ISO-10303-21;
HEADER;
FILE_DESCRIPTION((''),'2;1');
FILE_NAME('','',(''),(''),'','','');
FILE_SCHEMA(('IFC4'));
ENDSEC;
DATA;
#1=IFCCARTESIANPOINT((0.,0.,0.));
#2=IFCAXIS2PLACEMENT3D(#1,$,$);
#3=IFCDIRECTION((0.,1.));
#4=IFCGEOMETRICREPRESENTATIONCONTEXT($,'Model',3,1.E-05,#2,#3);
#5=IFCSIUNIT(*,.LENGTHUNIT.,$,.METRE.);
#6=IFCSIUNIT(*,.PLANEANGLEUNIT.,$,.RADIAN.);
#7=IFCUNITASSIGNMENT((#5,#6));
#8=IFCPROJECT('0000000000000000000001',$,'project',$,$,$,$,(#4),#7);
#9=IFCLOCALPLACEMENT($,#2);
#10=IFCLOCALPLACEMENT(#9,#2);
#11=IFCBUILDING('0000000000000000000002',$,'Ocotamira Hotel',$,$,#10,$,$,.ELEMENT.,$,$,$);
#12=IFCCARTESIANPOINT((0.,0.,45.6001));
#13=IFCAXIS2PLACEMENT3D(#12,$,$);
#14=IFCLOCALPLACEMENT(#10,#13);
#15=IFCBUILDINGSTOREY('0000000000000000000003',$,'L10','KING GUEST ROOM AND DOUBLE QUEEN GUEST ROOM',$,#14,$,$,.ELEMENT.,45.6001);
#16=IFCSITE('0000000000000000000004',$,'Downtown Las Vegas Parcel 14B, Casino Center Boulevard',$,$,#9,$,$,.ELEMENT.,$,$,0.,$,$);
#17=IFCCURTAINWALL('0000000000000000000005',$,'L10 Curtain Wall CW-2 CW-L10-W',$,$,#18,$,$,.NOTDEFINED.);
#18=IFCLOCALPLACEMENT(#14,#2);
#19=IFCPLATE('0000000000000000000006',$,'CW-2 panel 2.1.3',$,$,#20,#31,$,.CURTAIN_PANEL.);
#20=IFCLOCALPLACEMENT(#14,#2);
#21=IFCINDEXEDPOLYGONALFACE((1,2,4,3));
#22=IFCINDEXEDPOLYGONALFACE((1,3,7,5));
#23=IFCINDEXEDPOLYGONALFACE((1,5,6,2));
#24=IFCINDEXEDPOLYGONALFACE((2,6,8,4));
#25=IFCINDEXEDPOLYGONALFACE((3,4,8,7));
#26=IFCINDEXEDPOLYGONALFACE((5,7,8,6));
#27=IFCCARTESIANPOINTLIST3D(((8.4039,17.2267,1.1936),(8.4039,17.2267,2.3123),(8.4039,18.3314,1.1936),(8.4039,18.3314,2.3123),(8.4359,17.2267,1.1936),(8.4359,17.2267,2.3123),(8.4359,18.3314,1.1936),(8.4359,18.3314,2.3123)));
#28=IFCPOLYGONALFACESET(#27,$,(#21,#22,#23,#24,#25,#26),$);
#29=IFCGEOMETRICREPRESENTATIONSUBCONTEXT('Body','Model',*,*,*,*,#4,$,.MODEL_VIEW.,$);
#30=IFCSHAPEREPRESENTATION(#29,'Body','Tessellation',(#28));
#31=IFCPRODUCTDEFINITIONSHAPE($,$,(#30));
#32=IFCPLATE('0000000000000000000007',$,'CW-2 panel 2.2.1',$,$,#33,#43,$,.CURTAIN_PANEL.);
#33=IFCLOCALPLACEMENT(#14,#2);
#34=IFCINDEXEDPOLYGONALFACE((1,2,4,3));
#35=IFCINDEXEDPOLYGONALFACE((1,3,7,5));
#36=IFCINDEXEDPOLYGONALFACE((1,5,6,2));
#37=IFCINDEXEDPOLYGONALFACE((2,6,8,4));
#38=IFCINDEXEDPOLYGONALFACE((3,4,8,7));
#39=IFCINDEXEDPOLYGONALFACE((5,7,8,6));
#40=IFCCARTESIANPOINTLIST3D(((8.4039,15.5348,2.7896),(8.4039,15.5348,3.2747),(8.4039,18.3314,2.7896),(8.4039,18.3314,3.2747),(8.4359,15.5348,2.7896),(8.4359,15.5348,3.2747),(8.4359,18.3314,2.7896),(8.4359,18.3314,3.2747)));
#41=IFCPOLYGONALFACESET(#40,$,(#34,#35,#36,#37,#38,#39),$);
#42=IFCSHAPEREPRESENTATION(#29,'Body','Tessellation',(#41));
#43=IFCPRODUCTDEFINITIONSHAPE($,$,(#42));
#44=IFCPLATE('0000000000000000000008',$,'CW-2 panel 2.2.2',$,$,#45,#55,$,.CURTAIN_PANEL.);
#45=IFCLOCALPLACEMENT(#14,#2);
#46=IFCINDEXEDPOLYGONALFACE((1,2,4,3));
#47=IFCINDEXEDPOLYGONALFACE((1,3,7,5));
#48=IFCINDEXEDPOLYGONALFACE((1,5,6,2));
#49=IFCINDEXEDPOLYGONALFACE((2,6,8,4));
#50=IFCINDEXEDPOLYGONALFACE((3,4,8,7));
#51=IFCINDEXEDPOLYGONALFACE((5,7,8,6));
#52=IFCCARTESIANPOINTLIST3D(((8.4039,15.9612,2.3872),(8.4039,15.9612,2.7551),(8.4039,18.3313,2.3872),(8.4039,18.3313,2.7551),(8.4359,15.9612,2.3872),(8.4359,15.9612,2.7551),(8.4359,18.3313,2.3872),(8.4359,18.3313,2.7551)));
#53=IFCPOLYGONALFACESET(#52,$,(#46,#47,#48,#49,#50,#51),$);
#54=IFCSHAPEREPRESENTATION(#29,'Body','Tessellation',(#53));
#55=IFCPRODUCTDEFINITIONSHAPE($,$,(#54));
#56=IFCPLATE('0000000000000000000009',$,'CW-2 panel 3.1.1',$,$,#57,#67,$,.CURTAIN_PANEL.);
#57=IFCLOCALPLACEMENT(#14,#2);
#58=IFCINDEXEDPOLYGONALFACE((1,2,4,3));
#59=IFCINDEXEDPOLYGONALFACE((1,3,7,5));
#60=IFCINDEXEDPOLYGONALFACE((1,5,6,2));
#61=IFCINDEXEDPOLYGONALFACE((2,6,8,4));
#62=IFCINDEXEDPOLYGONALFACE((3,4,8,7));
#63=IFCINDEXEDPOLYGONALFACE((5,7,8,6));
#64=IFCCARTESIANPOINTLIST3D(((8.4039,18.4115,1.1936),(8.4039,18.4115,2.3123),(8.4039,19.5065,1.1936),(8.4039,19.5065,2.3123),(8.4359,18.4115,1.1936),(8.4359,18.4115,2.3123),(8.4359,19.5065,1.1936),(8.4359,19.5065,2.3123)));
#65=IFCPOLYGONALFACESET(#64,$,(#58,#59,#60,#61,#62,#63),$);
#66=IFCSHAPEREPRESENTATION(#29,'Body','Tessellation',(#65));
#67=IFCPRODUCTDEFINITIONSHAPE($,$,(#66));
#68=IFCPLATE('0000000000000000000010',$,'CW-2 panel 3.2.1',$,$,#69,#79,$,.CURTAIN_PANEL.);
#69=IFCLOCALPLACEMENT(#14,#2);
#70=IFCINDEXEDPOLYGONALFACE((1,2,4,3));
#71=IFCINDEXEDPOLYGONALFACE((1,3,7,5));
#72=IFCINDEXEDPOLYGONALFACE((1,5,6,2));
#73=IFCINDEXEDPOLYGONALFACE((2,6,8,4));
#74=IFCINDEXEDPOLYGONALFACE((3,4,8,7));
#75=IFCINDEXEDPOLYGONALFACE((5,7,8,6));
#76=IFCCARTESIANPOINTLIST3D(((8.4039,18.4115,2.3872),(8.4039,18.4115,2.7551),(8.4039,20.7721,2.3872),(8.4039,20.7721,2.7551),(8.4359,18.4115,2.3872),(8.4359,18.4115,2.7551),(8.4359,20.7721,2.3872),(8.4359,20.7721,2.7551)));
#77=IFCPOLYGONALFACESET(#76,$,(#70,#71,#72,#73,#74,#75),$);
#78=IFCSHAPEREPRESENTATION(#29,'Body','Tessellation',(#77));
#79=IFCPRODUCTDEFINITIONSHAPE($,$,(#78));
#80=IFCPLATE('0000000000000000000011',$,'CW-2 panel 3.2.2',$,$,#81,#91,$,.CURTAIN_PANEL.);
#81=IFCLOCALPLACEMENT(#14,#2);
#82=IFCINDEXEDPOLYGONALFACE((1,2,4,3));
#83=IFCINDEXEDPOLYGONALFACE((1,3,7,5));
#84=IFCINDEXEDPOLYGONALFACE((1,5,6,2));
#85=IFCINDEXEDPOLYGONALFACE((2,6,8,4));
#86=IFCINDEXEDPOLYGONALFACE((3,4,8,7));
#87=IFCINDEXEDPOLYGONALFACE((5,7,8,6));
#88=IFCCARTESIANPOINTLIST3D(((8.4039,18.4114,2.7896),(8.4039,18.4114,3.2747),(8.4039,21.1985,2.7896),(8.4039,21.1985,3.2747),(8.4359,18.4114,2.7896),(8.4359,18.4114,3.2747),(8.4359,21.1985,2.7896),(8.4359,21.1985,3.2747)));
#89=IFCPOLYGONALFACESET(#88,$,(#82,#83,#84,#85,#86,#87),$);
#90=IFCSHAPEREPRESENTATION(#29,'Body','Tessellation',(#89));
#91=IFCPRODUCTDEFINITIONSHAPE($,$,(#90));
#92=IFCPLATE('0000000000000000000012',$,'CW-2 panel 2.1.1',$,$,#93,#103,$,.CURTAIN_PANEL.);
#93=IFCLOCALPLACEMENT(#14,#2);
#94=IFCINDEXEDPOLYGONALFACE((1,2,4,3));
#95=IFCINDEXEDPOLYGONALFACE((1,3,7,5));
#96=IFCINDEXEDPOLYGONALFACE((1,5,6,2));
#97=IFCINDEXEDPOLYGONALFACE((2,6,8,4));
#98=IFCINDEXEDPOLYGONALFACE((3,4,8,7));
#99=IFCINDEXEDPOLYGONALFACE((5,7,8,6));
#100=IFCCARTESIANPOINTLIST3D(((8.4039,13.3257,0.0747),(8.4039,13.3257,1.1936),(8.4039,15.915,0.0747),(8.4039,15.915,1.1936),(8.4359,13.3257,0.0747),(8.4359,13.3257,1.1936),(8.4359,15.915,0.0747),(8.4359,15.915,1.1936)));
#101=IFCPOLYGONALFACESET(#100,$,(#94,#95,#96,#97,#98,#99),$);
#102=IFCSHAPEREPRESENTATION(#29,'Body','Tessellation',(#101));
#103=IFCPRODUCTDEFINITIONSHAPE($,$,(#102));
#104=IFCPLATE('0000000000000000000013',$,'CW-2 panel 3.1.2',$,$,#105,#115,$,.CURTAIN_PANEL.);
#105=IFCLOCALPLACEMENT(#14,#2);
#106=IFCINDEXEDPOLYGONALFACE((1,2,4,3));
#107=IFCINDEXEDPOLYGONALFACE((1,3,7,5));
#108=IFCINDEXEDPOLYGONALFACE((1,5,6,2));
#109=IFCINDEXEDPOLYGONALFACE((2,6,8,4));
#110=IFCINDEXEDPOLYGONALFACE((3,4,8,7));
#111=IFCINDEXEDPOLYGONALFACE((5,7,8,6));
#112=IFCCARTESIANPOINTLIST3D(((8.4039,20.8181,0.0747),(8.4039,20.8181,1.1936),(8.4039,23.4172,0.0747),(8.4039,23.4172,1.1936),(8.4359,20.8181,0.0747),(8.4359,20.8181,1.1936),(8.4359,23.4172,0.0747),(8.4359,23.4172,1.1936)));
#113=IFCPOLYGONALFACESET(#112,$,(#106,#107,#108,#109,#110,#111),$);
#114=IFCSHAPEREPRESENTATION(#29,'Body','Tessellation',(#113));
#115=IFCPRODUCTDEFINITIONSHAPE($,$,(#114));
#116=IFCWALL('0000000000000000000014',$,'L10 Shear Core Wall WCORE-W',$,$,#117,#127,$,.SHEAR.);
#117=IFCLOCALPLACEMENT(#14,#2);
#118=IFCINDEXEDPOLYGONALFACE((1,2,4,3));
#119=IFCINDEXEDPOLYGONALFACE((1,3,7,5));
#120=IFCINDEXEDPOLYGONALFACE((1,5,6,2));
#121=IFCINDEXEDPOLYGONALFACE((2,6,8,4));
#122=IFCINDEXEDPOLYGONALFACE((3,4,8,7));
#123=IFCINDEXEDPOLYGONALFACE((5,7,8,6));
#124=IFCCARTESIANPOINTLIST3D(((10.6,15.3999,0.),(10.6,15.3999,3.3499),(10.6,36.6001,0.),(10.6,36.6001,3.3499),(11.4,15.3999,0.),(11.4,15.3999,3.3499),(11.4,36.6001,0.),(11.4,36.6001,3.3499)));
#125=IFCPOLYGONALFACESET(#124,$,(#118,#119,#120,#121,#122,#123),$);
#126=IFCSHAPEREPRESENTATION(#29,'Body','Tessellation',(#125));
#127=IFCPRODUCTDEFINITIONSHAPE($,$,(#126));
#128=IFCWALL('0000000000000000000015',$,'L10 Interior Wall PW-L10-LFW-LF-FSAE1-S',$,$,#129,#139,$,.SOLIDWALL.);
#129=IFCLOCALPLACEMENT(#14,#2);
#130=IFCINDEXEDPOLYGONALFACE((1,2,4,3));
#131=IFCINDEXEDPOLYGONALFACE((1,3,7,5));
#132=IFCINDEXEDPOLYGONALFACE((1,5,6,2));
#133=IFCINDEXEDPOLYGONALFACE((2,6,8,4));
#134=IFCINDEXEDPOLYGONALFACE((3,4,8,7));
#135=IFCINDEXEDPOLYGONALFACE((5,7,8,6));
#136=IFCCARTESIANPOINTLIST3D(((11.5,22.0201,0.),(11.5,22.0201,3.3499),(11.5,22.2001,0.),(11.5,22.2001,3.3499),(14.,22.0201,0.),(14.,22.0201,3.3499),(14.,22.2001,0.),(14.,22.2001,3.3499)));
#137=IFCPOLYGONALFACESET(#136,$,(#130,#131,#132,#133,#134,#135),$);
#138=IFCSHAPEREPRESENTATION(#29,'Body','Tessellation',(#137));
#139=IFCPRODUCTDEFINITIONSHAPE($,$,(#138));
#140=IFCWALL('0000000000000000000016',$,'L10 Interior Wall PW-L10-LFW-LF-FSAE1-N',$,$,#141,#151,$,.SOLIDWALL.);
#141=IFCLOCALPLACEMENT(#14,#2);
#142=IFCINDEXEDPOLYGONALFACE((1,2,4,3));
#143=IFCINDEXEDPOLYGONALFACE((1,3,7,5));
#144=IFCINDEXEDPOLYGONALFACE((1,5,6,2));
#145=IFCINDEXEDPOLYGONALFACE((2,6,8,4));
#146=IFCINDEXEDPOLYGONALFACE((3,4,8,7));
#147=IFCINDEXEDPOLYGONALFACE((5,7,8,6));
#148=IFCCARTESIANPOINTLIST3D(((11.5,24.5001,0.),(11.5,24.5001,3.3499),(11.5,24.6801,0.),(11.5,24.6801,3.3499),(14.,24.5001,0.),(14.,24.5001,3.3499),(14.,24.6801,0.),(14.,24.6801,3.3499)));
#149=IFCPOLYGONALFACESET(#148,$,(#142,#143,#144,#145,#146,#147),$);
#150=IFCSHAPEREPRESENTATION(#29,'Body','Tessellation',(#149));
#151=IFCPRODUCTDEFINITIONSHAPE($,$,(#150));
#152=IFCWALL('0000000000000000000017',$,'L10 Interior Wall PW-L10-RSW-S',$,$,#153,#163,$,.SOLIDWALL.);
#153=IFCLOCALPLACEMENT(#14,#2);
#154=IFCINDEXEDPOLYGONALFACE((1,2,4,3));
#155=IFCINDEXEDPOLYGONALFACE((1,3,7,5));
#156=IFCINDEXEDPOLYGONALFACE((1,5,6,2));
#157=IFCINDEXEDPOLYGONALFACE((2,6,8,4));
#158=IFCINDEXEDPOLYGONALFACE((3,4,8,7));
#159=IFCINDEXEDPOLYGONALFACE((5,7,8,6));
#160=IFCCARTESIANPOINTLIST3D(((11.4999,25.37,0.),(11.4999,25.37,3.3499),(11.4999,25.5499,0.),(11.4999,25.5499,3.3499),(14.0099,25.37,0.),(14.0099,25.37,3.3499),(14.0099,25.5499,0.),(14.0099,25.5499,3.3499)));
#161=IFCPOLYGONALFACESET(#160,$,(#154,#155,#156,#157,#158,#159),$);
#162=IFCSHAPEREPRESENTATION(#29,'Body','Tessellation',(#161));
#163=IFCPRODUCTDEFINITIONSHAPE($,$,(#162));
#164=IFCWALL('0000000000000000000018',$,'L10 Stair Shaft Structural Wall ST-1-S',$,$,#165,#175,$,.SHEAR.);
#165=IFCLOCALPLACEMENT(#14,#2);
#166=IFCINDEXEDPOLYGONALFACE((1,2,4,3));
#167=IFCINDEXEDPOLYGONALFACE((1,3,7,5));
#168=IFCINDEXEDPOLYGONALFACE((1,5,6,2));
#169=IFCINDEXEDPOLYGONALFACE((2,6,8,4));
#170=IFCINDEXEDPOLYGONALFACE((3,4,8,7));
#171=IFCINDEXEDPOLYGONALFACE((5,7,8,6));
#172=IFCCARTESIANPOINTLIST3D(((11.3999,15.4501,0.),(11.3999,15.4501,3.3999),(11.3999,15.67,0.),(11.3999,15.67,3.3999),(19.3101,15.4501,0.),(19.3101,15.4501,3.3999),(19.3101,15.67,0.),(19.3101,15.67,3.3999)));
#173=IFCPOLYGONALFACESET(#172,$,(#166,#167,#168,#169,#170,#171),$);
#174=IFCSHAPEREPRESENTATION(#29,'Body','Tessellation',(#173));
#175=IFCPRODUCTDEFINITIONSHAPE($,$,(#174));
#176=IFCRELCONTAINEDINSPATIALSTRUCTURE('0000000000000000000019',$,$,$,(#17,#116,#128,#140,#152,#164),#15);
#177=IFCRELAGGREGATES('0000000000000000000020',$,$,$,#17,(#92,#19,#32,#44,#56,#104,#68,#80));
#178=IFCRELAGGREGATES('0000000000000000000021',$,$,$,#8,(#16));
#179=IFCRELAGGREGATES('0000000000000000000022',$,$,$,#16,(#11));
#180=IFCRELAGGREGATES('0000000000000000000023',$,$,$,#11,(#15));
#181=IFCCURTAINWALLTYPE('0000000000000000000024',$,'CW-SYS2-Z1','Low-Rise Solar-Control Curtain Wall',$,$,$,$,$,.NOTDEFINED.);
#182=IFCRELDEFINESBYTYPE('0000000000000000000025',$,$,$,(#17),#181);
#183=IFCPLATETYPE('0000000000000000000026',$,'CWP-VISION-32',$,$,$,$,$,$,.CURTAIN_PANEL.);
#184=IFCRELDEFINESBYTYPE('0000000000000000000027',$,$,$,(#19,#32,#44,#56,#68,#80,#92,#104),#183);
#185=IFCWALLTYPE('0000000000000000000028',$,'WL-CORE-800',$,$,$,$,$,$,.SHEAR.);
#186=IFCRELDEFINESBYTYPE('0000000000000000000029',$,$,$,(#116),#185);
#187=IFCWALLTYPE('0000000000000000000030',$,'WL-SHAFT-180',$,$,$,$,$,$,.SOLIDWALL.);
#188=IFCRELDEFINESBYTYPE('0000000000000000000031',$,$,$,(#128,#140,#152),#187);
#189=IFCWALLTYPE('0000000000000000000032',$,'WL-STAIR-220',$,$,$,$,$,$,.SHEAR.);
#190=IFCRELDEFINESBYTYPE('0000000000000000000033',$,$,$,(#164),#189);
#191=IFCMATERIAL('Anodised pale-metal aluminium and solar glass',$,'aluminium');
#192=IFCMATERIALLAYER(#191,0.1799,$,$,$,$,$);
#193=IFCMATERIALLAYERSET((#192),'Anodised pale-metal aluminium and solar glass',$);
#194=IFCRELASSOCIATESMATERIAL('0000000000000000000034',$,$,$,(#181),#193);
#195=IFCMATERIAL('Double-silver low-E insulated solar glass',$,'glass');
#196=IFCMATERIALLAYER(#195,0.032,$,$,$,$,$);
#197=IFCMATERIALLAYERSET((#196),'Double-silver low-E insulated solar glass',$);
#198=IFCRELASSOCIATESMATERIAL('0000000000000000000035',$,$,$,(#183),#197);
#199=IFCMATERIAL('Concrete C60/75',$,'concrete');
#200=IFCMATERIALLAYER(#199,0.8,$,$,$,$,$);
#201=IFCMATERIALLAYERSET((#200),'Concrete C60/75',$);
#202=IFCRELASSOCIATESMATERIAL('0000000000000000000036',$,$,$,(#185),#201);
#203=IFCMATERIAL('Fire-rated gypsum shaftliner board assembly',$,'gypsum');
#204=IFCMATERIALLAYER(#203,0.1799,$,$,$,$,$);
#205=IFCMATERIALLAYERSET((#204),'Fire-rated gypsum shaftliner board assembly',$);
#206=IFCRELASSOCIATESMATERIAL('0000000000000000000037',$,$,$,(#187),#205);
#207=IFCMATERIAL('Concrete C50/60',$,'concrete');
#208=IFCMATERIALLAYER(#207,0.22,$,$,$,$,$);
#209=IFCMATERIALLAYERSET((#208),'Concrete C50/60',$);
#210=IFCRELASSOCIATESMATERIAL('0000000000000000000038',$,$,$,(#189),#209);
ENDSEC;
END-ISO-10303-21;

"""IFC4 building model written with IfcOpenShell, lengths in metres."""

from ifc_helpers import new_model, si_unit, direction, frame, frame_2d, origin, origin_2d, place, context, subcontext, project, spatial, rectangle, extrude, source, transform, mapped, material, layer, layer_set, type_object, element, aggregate, save


model = new_model("IFC4")

# Units and contexts
model_context = context("Model", 3, precision=1e-05, world=origin(), true_north=direction((0.0, 1.0)))
body_context = subcontext(model_context, "Body", "Model", "MODEL_VIEW")
ifc_project = project(units=[si_unit("LENGTHUNIT", "METRE"), si_unit("PLANEANGLEUNIT", "RADIAN")], contexts=[model_context])

# Site, building, storey
site_placement = place(None, origin())
site = spatial("IfcSite", under=ifc_project, at=site_placement, Name="Downtown Las Vegas Parcel 14B, Casino Center Boulevard", CompositionType="ELEMENT", RefElevation=0.0)
building_placement = place(site_placement, origin())
building = spatial("IfcBuilding", under=site, at=building_placement, Name="Ocotamira Hotel", CompositionType="ELEMENT")
storey_placement = place(building_placement, frame((0.0, 0.0, 45.6001)))
storey = spatial("IfcBuildingStorey", under=building, at=storey_placement, Name="L10", Description="KING GUEST ROOM AND DOUBLE QUEEN GUEST ROOM", CompositionType="ELEMENT", Elevation=45.6001)

# Shared definitions
ifc_material_1 = material(Name="Concrete C60/75", Category="concrete")

# Curtain wall
ifc_material_2 = material(Name="Anodised pale-metal aluminium and solar glass", Category="aluminium")
ifc_layer_1 = layer(ifc_material_2, 0.1799)
ifc_layer_set_1 = layer_set([ifc_layer_1], Name="Anodised pale-metal aluminium and solar glass")
curtain_wall_type = type_object("IfcCurtainWallType", Name="CW-SYS2-Z1", Description="Low-Rise Solar-Control Curtain Wall", PredefinedType="NOTDEFINED", material=ifc_layer_set_1)
curtain_wall_placement = place(storey_placement, origin())
curtain_wall = element("IfcCurtainWall", 1, at=curtain_wall_placement, inside=storey, type_object=curtain_wall_type, Name="L10 Curtain Wall CW-2 CW-L10-W", PredefinedType="NOTDEFINED")

# Plates
ifc_material_3 = material(Name="Double-silver low-E insulated solar glass", Category="glass")
ifc_layer_2 = layer(ifc_material_3, 0.032)
ifc_layer_set_2 = layer_set([ifc_layer_2], Name="Double-silver low-E insulated solar glass")
plate_type_1 = type_object("IfcPlateType", Name="CWP-VISION-32", PredefinedType="CURTAIN_PANEL", material=ifc_layer_set_2)
shared_shape_1 = source(origin(), body_context, "Body", "SweptSolid", [
    extrude(rectangle(XDim=1.1047, YDim=0.032, at=origin_2d()), origin(), (0.0, 0.0, 1.0), 1.1187),
])
plate_1_placement = place(storey_placement, frame((8.4199, 17.7791, 1.1936), z_axis=(0.0, 0.0, 1.0), x_axis=(0.0, 1.0, 0.0)))
plate_1 = element("IfcPlate", 2, at=plate_1_placement, type_object=plate_type_1, Name="CW-2 panel 2.1.3", PredefinedType="CURTAIN_PANEL", context=body_context, shape_type="MappedRepresentation", body=[
    mapped(shared_shape_1, transform((0.0, 0.0, 0.0), scale=1.0)),
])
shared_shape_2 = source(origin(), body_context, "Body", "SweptSolid", [
    extrude(rectangle(XDim=2.7966, YDim=0.032, at=origin_2d()), origin(), (0.0, 0.0, 1.0), 0.4851),
])
plate_2_placement = place(storey_placement, frame((8.4199, 16.9331, 2.7896), z_axis=(0.0, 0.0, 1.0), x_axis=(0.0, 1.0, 0.0)))
plate_2 = element("IfcPlate", 3, at=plate_2_placement, type_object=plate_type_1, Name="CW-2 panel 2.2.1", PredefinedType="CURTAIN_PANEL", context=body_context, shape_type="MappedRepresentation", body=[
    mapped(shared_shape_2, transform((0.0, 0.0, 0.0), scale=1.0)),
])
shared_shape_3 = source(origin(), body_context, "Body", "SweptSolid", [
    extrude(rectangle(XDim=2.3701, YDim=0.032, at=origin_2d()), origin(), (0.0, 0.0, 1.0), 0.3679),
])
plate_3_placement = place(storey_placement, frame((8.4199, 17.1462, 2.3872), z_axis=(0.0, 0.0, 1.0), x_axis=(0.0, 1.0, 0.0)))
plate_3 = element("IfcPlate", 4, at=plate_3_placement, type_object=plate_type_1, Name="CW-2 panel 2.2.2", PredefinedType="CURTAIN_PANEL", context=body_context, shape_type="MappedRepresentation", body=[
    mapped(shared_shape_3, transform((0.0, 0.0, 0.0), scale=1.0)),
])
shared_shape_4 = source(origin(), body_context, "Body", "SweptSolid", [
    extrude(rectangle(XDim=1.095, YDim=0.032, at=origin_2d()), origin(), (0.0, 0.0, 1.0), 1.1187),
])
plate_4_placement = place(storey_placement, frame((8.4199, 18.959, 1.1936), z_axis=(0.0, 0.0, 1.0), x_axis=(0.0, 1.0, 0.0)))
plate_4 = element("IfcPlate", 5, at=plate_4_placement, type_object=plate_type_1, Name="CW-2 panel 3.1.1", PredefinedType="CURTAIN_PANEL", context=body_context, shape_type="MappedRepresentation", body=[
    mapped(shared_shape_4, transform((0.0, 0.0, 0.0), scale=1.0)),
])
shared_shape_5 = source(origin(), body_context, "Body", "SweptSolid", [
    extrude(rectangle(XDim=2.3606, YDim=0.032, at=origin_2d()), origin(), (0.0, 0.0, 1.0), 0.3679),
])
plate_5_placement = place(storey_placement, frame((8.4199, 19.5918, 2.3872), z_axis=(0.0, 0.0, 1.0), x_axis=(0.0, 1.0, 0.0)))
plate_5 = element("IfcPlate", 6, at=plate_5_placement, type_object=plate_type_1, Name="CW-2 panel 3.2.1", PredefinedType="CURTAIN_PANEL", context=body_context, shape_type="MappedRepresentation", body=[
    mapped(shared_shape_5, transform((0.0, 0.0, 0.0), scale=1.0)),
])
shared_shape_6 = source(origin(), body_context, "Body", "SweptSolid", [
    extrude(rectangle(XDim=2.7871, YDim=0.032, at=origin_2d()), origin(), (0.0, 0.0, 1.0), 0.4851),
])
plate_6_placement = place(storey_placement, frame((8.4199, 19.8049, 2.7896), z_axis=(0.0, 0.0, 1.0), x_axis=(0.0, 1.0, 0.0)))
plate_6 = element("IfcPlate", 7, at=plate_6_placement, type_object=plate_type_1, Name="CW-2 panel 3.2.2", PredefinedType="CURTAIN_PANEL", context=body_context, shape_type="MappedRepresentation", body=[
    mapped(shared_shape_6, transform((0.0, 0.0, 0.0), scale=1.0)),
])
shared_shape_7 = source(origin(), body_context, "Body", "SweptSolid", [
    extrude(rectangle(XDim=2.5894, YDim=0.032, at=origin_2d()), origin(), (0.0, 0.0, 1.0), 1.1189),
])
plate_7_placement = place(storey_placement, frame((8.4199, 14.6204, 0.0747), z_axis=(0.0, 0.0, 1.0), x_axis=(0.0, 1.0, 0.0)))
plate_7 = element("IfcPlate", 8, at=plate_7_placement, type_object=plate_type_1, Name="CW-2 panel 2.1.1", PredefinedType="CURTAIN_PANEL", context=body_context, shape_type="MappedRepresentation", body=[
    mapped(shared_shape_7, transform((0.0, 0.0, 0.0), scale=1.0)),
])
shared_shape_8 = source(origin(), body_context, "Body", "SweptSolid", [
    extrude(rectangle(XDim=2.5991, YDim=0.032, at=origin_2d()), origin(), (0.0, 0.0, 1.0), 1.1189),
])
plate_8_placement = place(storey_placement, frame((8.4199, 22.1177, 0.0747), z_axis=(0.0, 0.0, 1.0), x_axis=(0.0, 1.0, 0.0)))
plate_8 = element("IfcPlate", 9, at=plate_8_placement, type_object=plate_type_1, Name="CW-2 panel 3.1.2", PredefinedType="CURTAIN_PANEL", context=body_context, shape_type="MappedRepresentation", body=[
    mapped(shared_shape_8, transform((0.0, 0.0, 0.0), scale=1.0)),
])
aggregate(curtain_wall, [plate_7, plate_1, plate_2, plate_3, plate_4, plate_8, plate_5, plate_6])

# Shared definitions
ifc_layer_3 = layer(ifc_material_1, 0.8)
ifc_layer_set_3 = layer_set([ifc_layer_3], Name="Concrete C60/75")
wall_type_1 = type_object("IfcWallType", Name="WL-CORE-800", PredefinedType="SHEAR", material=ifc_layer_set_3)

# Walls
wall_1_placement = place(storey_placement, frame((11.0, 15.3999, 0.0), z_axis=(0.0, 0.0, 1.0), x_axis=(0.0, 1.0, 0.0)))
element("IfcWall", 10, at=wall_1_placement, inside=storey, type_object=wall_type_1, Name="L10 Shear Core Wall WCORE-W", PredefinedType="SHEAR", context=body_context, shape_type="SweptSolid", body=[
    extrude(rectangle(XDim=21.2002, YDim=0.8, at=frame_2d((10.6001, 0.0))), origin(), (0.0, 0.0, 1.0), 3.3499),
])
ifc_material_4 = material(Name="Fire-rated gypsum shaftliner board assembly", Category="gypsum")
ifc_layer_4 = layer(ifc_material_4, 0.1799)
ifc_layer_set_4 = layer_set([ifc_layer_4], Name="Fire-rated gypsum shaftliner board assembly")
wall_type_2 = type_object("IfcWallType", Name="WL-SHAFT-180", PredefinedType="SOLIDWALL", material=ifc_layer_set_4)
for number, where, z_axis, x_axis, name in (
    (11, (11.5, 22.1101, 0.0), (0.0, 0.0, 1.0), (1.0, 0.0, 0.0), "L10 Interior Wall PW-L10-LFW-LF-FSAE1-S"),
    (12, (11.5, 24.5901, 0.0), (0.0, 0.0, 1.0), (1.0, 0.0, 0.0), "L10 Interior Wall PW-L10-LFW-LF-FSAE1-N"),
):
    element("IfcWall", number, at=place(storey_placement, frame(where, z_axis=z_axis, x_axis=x_axis)), inside=storey, type_object=wall_type_2, Name=name, PredefinedType="SOLIDWALL", context=body_context, shape_type="SweptSolid", body=[
        extrude(rectangle(XDim=2.5, YDim=0.1799, at=frame_2d((1.25, 0.0))), origin(), (0.0, 0.0, 1.0), 3.3499),
    ])
wall_2_placement = place(storey_placement, frame((11.5, 25.46, 0.0), z_axis=(0.0, 0.0, 1.0), x_axis=(1.0, 0.0, 0.0)))
element("IfcWall", 13, at=wall_2_placement, inside=storey, type_object=wall_type_2, Name="L10 Interior Wall PW-L10-RSW-S", PredefinedType="SOLIDWALL", context=body_context, shape_type="SweptSolid", body=[
    extrude(rectangle(XDim=2.51, YDim=0.1799, at=frame_2d((1.2549, 0.0))), origin(), (0.0, 0.0, 1.0), 3.3499),
])
ifc_material_5 = material(Name="Concrete C50/60", Category="concrete")
ifc_layer_5 = layer(ifc_material_5, 0.22)
ifc_layer_set_5 = layer_set([ifc_layer_5], Name="Concrete C50/60")
wall_type_3 = type_object("IfcWallType", Name="WL-STAIR-220", PredefinedType="SHEAR", material=ifc_layer_set_5)
wall_3_placement = place(storey_placement, frame((11.3999, 15.5601, 0.0), z_axis=(0.0, 0.0, 1.0), x_axis=(1.0, 0.0, 0.0)))
element("IfcWall", 14, at=wall_3_placement, inside=storey, type_object=wall_type_3, Name="L10 Stair Shaft Structural Wall ST-1-S", PredefinedType="SHEAR", context=body_context, shape_type="SweptSolid", body=[
    extrude(rectangle(XDim=7.9102, YDim=0.22, at=frame_2d((3.9551, 0.0))), origin(), (0.0, 0.0, 1.0), 3.3999),
])

save(model, "model.ifc")
